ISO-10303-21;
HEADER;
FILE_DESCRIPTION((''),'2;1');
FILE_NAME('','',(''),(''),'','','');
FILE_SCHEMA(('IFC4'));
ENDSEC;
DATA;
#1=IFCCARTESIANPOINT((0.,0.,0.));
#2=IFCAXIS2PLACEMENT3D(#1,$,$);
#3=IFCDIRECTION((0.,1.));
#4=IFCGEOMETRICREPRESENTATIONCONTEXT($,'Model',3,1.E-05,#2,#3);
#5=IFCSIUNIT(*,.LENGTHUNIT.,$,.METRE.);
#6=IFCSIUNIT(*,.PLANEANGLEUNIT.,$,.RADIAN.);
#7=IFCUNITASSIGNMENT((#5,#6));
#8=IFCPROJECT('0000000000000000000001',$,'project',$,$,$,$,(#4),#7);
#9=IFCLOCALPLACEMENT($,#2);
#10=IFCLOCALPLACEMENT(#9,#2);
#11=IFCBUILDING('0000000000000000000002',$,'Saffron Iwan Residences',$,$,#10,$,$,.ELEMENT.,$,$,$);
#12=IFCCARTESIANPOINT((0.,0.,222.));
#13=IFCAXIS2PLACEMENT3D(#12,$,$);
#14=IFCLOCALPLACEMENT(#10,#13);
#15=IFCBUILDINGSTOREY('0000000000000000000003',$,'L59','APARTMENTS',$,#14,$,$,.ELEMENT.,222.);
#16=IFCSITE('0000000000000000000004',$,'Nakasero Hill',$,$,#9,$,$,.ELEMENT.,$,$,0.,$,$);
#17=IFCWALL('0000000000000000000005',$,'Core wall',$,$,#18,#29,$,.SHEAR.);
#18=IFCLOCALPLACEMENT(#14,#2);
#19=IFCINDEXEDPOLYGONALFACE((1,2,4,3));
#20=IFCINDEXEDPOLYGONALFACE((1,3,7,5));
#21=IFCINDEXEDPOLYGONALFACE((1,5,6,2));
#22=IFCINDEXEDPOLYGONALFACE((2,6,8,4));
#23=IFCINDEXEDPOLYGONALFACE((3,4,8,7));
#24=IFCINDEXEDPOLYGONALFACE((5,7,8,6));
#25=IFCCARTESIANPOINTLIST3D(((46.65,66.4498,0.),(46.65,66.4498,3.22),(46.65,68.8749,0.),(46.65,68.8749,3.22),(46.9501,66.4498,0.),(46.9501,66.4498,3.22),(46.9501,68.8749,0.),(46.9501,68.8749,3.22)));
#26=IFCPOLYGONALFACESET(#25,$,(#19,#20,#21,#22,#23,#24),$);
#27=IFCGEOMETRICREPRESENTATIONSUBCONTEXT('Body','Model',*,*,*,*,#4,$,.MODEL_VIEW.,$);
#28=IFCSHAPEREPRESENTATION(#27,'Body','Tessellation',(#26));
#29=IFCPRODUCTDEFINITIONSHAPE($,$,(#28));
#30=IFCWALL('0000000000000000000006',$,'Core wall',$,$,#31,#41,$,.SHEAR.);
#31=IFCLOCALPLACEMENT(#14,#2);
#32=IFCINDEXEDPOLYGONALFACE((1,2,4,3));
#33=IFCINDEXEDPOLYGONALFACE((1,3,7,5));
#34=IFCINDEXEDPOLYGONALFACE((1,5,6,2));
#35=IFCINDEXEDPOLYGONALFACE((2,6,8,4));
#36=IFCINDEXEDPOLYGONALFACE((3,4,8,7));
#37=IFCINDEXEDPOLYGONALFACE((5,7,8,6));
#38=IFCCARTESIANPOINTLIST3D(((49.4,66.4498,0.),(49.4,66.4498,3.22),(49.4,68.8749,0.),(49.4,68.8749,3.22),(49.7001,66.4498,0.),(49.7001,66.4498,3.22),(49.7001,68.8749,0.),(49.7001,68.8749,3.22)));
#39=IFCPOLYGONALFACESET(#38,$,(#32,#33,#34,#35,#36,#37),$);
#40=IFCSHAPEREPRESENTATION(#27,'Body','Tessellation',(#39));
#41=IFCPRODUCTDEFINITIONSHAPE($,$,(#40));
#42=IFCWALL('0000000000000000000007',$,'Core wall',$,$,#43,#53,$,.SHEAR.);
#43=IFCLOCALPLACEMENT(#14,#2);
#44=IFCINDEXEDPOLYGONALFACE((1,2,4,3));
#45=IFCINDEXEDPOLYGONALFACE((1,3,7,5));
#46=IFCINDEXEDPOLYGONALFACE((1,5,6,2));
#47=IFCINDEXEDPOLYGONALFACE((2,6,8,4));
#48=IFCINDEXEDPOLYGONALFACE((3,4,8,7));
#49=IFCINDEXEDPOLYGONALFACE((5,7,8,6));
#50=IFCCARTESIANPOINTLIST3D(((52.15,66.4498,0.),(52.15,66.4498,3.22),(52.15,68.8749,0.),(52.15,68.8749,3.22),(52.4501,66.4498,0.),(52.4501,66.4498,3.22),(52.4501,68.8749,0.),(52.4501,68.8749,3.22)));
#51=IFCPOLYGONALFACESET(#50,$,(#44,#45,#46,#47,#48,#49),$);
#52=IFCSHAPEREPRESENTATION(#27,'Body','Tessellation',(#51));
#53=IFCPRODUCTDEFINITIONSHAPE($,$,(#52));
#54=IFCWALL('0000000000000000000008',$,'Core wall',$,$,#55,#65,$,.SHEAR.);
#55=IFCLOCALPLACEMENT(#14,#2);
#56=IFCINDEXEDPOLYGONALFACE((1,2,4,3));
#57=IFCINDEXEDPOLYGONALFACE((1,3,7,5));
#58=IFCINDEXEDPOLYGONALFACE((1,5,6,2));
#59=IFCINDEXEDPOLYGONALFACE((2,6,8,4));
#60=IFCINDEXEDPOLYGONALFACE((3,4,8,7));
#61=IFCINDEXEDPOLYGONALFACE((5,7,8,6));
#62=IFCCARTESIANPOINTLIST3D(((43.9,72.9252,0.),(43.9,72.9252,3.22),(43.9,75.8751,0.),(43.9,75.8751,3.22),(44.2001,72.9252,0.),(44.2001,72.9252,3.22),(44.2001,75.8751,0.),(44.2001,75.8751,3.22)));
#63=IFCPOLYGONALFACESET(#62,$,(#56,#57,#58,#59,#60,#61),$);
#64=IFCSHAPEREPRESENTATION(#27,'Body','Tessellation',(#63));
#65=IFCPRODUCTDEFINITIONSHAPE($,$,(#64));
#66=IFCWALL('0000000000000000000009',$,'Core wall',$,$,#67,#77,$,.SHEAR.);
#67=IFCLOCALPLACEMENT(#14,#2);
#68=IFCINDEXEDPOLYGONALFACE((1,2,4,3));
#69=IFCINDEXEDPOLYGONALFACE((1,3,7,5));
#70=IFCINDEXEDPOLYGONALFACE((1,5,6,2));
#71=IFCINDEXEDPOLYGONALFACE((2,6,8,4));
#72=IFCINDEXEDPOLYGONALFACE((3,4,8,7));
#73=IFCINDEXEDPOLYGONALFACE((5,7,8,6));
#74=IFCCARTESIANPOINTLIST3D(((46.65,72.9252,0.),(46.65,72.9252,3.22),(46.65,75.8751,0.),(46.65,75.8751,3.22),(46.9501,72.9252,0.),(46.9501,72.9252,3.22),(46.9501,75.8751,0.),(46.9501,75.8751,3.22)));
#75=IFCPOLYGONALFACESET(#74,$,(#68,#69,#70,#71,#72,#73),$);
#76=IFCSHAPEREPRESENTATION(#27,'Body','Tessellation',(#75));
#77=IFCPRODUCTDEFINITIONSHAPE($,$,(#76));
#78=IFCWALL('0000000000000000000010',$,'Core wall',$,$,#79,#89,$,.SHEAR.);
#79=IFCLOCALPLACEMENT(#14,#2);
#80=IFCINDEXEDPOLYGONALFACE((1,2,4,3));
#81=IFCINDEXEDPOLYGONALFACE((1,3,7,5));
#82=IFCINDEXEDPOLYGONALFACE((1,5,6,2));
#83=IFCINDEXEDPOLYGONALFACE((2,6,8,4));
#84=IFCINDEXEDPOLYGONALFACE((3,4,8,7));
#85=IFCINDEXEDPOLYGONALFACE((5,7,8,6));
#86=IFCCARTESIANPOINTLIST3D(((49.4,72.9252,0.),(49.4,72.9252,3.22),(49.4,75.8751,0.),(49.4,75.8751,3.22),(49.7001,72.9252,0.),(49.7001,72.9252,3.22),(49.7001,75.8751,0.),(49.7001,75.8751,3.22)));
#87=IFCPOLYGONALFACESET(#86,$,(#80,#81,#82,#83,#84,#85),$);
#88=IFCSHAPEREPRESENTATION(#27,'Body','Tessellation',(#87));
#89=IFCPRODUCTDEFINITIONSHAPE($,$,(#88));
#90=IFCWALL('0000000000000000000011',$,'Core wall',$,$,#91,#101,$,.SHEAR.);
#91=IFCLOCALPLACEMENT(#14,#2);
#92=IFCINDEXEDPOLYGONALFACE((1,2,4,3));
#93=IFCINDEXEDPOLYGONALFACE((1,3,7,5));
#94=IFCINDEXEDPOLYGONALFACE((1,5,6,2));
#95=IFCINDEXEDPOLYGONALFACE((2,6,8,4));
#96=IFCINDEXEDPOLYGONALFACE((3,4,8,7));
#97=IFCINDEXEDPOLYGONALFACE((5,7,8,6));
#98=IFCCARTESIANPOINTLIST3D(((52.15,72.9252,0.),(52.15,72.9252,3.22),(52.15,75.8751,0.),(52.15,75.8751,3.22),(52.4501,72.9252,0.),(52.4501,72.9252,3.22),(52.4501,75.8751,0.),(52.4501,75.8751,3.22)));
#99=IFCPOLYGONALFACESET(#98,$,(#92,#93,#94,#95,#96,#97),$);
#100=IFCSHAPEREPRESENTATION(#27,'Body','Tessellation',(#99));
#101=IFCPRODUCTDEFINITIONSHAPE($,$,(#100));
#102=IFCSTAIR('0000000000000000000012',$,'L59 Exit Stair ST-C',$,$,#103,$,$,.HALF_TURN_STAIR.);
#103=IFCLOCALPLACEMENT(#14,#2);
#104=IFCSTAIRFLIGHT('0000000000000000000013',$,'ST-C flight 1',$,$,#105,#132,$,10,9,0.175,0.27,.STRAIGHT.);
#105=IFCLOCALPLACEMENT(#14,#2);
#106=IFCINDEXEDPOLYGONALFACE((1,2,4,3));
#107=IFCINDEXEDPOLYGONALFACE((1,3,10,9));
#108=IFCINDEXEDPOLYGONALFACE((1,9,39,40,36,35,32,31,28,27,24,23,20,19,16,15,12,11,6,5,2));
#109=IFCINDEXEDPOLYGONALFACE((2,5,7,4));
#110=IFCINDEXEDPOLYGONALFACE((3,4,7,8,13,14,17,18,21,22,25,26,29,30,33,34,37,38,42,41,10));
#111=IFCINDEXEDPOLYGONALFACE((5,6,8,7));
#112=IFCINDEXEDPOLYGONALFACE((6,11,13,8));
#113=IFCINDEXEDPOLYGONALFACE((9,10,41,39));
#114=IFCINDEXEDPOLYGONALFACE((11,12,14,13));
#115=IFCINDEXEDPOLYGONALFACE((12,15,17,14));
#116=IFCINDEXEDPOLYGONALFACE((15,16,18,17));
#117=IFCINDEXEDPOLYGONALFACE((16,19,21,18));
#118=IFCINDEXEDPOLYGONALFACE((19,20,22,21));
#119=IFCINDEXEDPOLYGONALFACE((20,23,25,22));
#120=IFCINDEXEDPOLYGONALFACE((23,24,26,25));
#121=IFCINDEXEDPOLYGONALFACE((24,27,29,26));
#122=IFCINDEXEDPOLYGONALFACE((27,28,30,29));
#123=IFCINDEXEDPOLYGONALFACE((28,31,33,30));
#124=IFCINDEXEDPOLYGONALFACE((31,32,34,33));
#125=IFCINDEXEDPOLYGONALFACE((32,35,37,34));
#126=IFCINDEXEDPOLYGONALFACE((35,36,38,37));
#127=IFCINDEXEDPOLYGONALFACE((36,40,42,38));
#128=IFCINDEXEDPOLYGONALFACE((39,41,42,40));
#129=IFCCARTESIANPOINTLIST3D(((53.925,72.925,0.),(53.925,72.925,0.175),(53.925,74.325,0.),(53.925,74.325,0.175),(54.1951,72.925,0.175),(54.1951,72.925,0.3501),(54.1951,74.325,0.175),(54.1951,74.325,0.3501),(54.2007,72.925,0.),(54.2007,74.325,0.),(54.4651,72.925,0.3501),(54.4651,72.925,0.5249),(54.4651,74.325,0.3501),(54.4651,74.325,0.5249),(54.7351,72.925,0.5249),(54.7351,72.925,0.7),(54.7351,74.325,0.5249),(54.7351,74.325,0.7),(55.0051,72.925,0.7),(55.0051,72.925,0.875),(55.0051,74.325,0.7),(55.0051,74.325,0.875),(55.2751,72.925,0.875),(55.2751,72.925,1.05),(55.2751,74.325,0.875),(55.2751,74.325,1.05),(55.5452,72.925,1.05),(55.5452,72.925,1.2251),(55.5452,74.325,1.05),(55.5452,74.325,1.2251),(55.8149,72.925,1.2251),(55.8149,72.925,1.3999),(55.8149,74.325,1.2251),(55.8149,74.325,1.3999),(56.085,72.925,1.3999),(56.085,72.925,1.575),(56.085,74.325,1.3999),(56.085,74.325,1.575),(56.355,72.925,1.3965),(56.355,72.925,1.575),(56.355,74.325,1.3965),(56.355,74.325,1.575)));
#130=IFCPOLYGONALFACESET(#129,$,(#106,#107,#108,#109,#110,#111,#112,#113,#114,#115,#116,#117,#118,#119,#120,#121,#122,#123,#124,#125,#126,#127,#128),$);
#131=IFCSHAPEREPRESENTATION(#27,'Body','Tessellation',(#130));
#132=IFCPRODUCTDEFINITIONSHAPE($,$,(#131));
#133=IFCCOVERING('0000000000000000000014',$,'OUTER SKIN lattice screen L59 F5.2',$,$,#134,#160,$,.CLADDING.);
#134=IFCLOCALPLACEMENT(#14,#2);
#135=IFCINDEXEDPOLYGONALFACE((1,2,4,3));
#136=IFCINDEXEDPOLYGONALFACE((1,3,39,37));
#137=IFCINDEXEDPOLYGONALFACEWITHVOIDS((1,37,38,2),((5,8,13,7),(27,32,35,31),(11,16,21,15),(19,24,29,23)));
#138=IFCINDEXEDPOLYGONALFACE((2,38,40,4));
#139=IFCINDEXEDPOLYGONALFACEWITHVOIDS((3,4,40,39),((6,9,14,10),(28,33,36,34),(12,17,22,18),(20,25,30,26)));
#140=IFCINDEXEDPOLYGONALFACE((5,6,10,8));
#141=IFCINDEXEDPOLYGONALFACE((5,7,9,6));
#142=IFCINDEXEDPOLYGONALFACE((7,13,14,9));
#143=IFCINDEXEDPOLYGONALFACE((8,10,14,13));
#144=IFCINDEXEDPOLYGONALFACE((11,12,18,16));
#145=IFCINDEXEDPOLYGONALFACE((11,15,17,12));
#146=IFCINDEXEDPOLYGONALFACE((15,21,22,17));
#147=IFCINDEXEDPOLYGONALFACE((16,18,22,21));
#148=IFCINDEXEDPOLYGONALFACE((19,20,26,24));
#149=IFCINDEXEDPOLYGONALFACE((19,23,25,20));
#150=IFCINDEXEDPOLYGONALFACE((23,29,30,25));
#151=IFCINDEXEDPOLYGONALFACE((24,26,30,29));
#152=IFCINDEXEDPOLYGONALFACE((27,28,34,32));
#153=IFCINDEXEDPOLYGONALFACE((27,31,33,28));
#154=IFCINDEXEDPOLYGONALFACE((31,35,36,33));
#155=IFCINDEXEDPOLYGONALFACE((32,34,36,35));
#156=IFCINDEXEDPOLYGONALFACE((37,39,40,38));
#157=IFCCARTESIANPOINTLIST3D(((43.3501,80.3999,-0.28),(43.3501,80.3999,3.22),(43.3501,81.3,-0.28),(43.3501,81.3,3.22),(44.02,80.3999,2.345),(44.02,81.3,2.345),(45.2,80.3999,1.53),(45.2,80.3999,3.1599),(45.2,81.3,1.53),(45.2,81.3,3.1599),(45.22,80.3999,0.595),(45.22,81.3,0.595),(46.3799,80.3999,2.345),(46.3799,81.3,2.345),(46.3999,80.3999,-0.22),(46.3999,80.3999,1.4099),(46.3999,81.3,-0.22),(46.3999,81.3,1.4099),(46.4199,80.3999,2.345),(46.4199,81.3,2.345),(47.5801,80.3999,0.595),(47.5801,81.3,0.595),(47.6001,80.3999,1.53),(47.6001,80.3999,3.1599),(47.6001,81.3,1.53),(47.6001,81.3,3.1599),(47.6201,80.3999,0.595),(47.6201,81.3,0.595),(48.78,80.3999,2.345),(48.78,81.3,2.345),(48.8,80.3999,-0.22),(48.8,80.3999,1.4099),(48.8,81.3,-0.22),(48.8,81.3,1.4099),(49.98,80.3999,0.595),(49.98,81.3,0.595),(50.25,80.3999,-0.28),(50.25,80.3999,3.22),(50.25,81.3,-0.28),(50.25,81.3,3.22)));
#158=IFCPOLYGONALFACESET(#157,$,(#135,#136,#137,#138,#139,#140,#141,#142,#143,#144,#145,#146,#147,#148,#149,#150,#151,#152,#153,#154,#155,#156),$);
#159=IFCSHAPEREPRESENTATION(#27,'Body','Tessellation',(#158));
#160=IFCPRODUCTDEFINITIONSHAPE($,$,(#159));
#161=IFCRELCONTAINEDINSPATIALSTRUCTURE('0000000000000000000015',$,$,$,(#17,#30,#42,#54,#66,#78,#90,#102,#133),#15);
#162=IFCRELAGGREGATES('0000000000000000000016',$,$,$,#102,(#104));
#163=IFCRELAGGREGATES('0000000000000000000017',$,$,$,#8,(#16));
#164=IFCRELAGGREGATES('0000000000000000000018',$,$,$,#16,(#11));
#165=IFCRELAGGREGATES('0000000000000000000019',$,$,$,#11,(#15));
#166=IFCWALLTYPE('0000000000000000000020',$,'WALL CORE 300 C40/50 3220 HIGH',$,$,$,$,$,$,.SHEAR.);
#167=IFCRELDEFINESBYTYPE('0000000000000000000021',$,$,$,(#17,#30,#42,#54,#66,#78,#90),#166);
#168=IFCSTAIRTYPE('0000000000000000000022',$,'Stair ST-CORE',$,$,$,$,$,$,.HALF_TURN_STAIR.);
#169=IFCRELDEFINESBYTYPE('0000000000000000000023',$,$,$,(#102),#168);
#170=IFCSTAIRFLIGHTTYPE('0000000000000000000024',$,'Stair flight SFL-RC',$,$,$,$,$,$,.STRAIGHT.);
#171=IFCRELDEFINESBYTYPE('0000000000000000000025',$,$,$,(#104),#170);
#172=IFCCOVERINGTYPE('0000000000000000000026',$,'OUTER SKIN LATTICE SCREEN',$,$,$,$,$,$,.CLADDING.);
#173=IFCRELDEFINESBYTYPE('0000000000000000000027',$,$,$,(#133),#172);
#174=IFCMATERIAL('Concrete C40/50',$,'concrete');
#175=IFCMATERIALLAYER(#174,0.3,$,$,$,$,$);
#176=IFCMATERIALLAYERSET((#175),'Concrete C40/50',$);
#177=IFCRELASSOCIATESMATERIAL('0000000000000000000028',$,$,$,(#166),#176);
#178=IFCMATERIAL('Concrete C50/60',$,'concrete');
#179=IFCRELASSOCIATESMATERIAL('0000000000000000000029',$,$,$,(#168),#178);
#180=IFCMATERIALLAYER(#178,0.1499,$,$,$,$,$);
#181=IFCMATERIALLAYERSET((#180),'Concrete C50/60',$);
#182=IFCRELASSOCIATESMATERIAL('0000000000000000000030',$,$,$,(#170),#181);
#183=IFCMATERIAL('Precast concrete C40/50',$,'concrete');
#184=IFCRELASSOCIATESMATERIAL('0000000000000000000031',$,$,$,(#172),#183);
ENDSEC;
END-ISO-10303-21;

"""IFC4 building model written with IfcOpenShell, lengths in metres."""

from ifc_helpers import new_model, si_unit, direction, frame, frame_2d, origin, place, context, subcontext, project, spatial, polyline, rectangle, outline, extrude, material, layer, layer_set, type_object, element, aggregate, save


model = new_model("IFC4")

# Units and contexts
model_context = context("Model", 3, precision=1e-05, world=origin(), true_north=direction((0.0, 1.0)))
body_context = subcontext(model_context, "Body", "Model", "MODEL_VIEW")
ifc_project = project(units=[si_unit("LENGTHUNIT", "METRE"), si_unit("PLANEANGLEUNIT", "RADIAN")], contexts=[model_context])

# Site, building, storey
site_placement = place(None, origin())
site = spatial("IfcSite", under=ifc_project, at=site_placement, Name="Nakasero Hill", CompositionType="ELEMENT", RefElevation=0.0)
building_placement = place(site_placement, origin())
building = spatial("IfcBuilding", under=site, at=building_placement, Name="Saffron Iwan Residences", CompositionType="ELEMENT")
storey_placement = place(building_placement, frame((0.0, 0.0, 222.0)))
storey = spatial("IfcBuildingStorey", under=building, at=storey_placement, Name="L59", Description="APARTMENTS", CompositionType="ELEMENT", Elevation=222.0)

# Shared definitions
ifc_material_1 = material(Name="Concrete C40/50", Category="concrete")

# Walls
ifc_layer_1 = layer(ifc_material_1, 0.3)
ifc_layer_set_1 = layer_set([ifc_layer_1], Name="Concrete C40/50")
wall_type_1 = type_object("IfcWallType", Name="WALL CORE 300 C40/50 3220 HIGH", PredefinedType="SHEAR", material=ifc_layer_set_1)
for number, where, z_axis, x_axis, name in (
    (1, (46.8, 66.45, 0.0), (0.0, 0.0, 1.0), (0.0, 1.0, 0.0), "Core wall"),
    (2, (49.55, 66.45, 0.0), (0.0, 0.0, 1.0), (0.0, 1.0, 0.0), "Core wall"),
    (3, (52.3, 66.45, 0.0), (0.0, 0.0, 1.0), (0.0, 1.0, 0.0), "Core wall"),
):
    element("IfcWall", number, at=place(storey_placement, frame(where, z_axis=z_axis, x_axis=x_axis)), inside=storey, type_object=wall_type_1, Name=name, PredefinedType="SHEAR", context=body_context, shape_type="SweptSolid", body=[
        extrude(rectangle(XDim=2.425, YDim=0.3, at=frame_2d((1.2124, 0.0))), origin(), (0.0, 0.0, 1.0), 3.22),
    ])
for number, where, z_axis, x_axis, name in (
    (4, (44.05, 72.925, 0.0), (0.0, 0.0, 1.0), (0.0, 1.0, 0.0), "Core wall"),
    (5, (46.8, 72.925, 0.0), (0.0, 0.0, 1.0), (0.0, 1.0, 0.0), "Core wall"),
    (6, (49.55, 72.925, 0.0), (0.0, 0.0, 1.0), (0.0, 1.0, 0.0), "Core wall"),
    (7, (52.3, 72.925, 0.0), (0.0, 0.0, 1.0), (0.0, 1.0, 0.0), "Core wall"),
):
    element("IfcWall", number, at=place(storey_placement, frame(where, z_axis=z_axis, x_axis=x_axis)), inside=storey, type_object=wall_type_1, Name=name, PredefinedType="SHEAR", context=body_context, shape_type="SweptSolid", body=[
        extrude(rectangle(XDim=2.95, YDim=0.3, at=frame_2d((1.4751, 0.0))), origin(), (0.0, 0.0, 1.0), 3.22),
    ])

# Stair, stair flight
ifc_material_2 = material(Name="Concrete C50/60", Category="concrete")
stair_type = type_object("IfcStairType", Name="Stair ST-CORE", PredefinedType="HALF_TURN_STAIR", material=ifc_material_2)
stair_placement = place(storey_placement, origin())
stair = element("IfcStair", 8, at=stair_placement, inside=storey, type_object=stair_type, Name="L59 Exit Stair ST-C", PredefinedType="HALF_TURN_STAIR")
ifc_layer_2 = layer(ifc_material_2, 0.1499)
ifc_layer_set_2 = layer_set([ifc_layer_2], Name="Concrete C50/60")
stair_flight_type = type_object("IfcStairFlightType", Name="Stair flight SFL-RC", PredefinedType="STRAIGHT", material=ifc_layer_set_2)
stair_flight_placement = place(storey_placement, frame((53.925, 73.625, 0.0), z_axis=(0.0, 0.0, 1.0), x_axis=(1.0, 0.0, 0.0)))
stair_flight = element("IfcStairFlight", 9, at=stair_flight_placement, type_object=stair_flight_type, Name="ST-C flight 1", NumberOfRisers=10, NumberOfTreads=9, PredefinedType="STRAIGHT", RiserHeight=0.175, TreadLength=0.27, context=body_context, shape_type="SweptSolid", body=[
    extrude(outline(polyline([(0.0, 0.0), (0.0, 0.175), (0.27, 0.175), (0.27, 0.3501), (0.54, 0.3501), (0.54, 0.5249), (0.8101, 0.5249), (0.8101, 0.7), (1.0801, 0.7), (1.0801, 0.875), (1.3501, 0.875), (1.3501, 1.05), (1.6201, 1.05), (1.6201, 1.2251), (1.8899, 1.2251), (1.8899, 1.3999), (2.1599, 1.3999), (2.1599, 1.575), (2.4299, 1.575), (2.4299, 1.75), (2.4299, 1.3965), (0.2756, 0.0), (0.0, 0.0)])), frame((0.0, 0.7, 0.0), z_axis=(0.0, -1.0, 0.0), x_axis=(1.0, 0.0, 0.0)), (0.0, 0.0, 1.0), 1.3999),
])
aggregate(stair, [stair_flight])

# Covering
ifc_material_3 = material(Name="Precast concrete C40/50", Category="concrete")
covering_type_1 = type_object("IfcCoveringType", Name="OUTER SKIN LATTICE SCREEN", PredefinedType="CLADDING", material=ifc_material_3)
covering_1_placement = place(storey_placement, frame((50.25, 80.3999, -0.28), z_axis=(0.0, 1.0, 0.0), x_axis=(-1.0, 0.0, 0.0)))
element("IfcCovering", 10, at=covering_1_placement, inside=storey, type_object=covering_type_1, Name="OUTER SKIN lattice screen L59 F5.2", PredefinedType="CLADDING", context=body_context, shape_type="SweptSolid", body=[
    extrude(outline(polyline([(0.0, 0.0), (6.8999, 0.0), (6.8999, 3.5), (0.0, 3.5), (0.0, 0.0)]), holes=[polyline([(0.27, 0.875), (1.45, 0.0601), (2.6299, 0.875), (1.45, 1.6899), (0.27, 0.875)]), polyline([(2.6699, 0.875), (3.8501, 0.0601), (5.03, 0.875), (3.8501, 1.6899), (2.6699, 0.875)]), polyline([(1.47, 2.625), (2.6499, 1.8101), (3.8301, 2.625), (2.6499, 3.4399), (1.47, 2.625)]), polyline([(3.8701, 2.625), (5.05, 1.8101), (6.23, 2.625), (5.05, 3.4399), (3.8701, 2.625)])]), origin(), (0.0, 0.0, 1.0), 0.9001),
])

save(model, "model.ifc")
